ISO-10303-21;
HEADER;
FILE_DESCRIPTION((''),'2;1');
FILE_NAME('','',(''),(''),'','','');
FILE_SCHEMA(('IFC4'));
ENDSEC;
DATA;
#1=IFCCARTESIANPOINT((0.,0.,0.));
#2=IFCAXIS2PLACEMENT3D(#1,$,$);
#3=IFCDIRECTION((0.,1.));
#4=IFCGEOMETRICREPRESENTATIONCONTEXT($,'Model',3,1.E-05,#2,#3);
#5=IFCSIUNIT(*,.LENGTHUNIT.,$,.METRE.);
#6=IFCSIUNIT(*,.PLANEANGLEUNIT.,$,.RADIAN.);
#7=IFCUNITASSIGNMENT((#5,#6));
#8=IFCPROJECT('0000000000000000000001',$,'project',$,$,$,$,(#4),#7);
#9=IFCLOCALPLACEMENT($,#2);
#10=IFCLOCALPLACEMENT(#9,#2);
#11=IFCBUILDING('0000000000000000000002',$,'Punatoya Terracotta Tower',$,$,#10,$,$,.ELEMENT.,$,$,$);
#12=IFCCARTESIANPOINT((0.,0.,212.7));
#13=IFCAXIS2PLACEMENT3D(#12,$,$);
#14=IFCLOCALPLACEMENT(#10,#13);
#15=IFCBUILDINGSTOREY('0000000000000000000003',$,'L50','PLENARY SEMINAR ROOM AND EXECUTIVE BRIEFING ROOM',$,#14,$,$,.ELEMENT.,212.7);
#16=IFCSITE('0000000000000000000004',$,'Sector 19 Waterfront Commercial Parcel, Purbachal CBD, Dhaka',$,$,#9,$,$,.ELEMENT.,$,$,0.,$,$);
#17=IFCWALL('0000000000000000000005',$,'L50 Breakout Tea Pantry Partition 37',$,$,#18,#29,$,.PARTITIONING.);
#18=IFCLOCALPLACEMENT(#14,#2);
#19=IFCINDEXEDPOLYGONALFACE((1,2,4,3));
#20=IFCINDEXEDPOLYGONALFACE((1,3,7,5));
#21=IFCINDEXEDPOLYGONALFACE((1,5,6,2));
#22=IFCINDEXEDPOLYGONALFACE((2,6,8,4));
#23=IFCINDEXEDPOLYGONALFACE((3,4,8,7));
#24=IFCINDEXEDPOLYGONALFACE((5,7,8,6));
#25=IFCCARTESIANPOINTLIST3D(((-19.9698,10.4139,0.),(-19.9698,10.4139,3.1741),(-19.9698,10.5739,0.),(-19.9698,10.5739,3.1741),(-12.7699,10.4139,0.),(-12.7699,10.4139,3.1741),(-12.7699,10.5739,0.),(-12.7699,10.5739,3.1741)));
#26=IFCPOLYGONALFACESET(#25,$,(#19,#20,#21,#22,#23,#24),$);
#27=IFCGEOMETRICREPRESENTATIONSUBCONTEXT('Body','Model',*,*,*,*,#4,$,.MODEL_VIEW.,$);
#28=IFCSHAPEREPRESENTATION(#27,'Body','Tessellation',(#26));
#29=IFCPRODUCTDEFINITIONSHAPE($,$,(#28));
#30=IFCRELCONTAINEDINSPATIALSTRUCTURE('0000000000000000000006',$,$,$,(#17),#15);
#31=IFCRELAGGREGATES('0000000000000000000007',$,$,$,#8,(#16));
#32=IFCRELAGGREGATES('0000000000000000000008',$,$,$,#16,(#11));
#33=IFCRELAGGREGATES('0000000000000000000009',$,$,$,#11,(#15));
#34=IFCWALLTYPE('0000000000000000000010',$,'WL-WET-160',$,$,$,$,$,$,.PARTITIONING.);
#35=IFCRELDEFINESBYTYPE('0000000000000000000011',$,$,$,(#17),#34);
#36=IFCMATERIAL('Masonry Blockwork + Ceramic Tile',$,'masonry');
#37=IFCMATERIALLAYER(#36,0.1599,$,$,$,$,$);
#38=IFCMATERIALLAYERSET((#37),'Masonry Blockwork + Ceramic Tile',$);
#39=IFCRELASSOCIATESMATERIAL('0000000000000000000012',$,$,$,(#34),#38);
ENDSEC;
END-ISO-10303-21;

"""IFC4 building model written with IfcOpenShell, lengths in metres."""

from ifc_helpers import new_model, si_unit, direction, frame, frame_2d, origin, place, context, subcontext, project, spatial, rectangle, extrude, material, layer, layer_set, type_object, element, save


model = new_model("IFC4")

# Units and contexts
model_context = context("Model", 3, precision=1e-05, world=origin(), true_north=direction((0.0, 1.0)))
body_context = subcontext(model_context, "Body", "Model", "MODEL_VIEW")
ifc_project = project(units=[si_unit("LENGTHUNIT", "METRE"), si_unit("PLANEANGLEUNIT", "RADIAN")], contexts=[model_context])

# Site, building, storey
site_placement = place(None, origin())
site = spatial("IfcSite", under=ifc_project, at=site_placement, Name="Sector 19 Waterfront Commercial Parcel, Purbachal CBD, Dhaka", CompositionType="ELEMENT", RefElevation=0.0)
building_placement = place(site_placement, origin())
building = spatial("IfcBuilding", under=site, at=building_placement, Name="Punatoya Terracotta Tower", CompositionType="ELEMENT")
storey_placement = place(building_placement, frame((0.0, 0.0, 212.7)))
storey = spatial("IfcBuildingStorey", under=building, at=storey_placement, Name="L50", Description="PLENARY SEMINAR ROOM AND EXECUTIVE BRIEFING ROOM", CompositionType="ELEMENT", Elevation=212.7)

# Wall
ifc_material_1 = material(Name="Masonry Blockwork + Ceramic Tile", Category="masonry")
ifc_layer_1 = layer(ifc_material_1, 0.1599)
ifc_layer_set_1 = layer_set([ifc_layer_1], Name="Masonry Blockwork + Ceramic Tile")
wall_type_1 = type_object("IfcWallType", Name="WL-WET-160", PredefinedType="PARTITIONING", material=ifc_layer_set_1)
wall_1_placement = place(storey_placement, frame((-19.97, 10.4939, 0.0), z_axis=(0.0, 0.0, 1.0), x_axis=(1.0, 0.0, 0.0)))
element("IfcWall", 1, at=wall_1_placement, inside=storey, type_object=wall_type_1, Name="L50 Breakout Tea Pantry Partition 37", PredefinedType="PARTITIONING", context=body_context, shape_type="SweptSolid", body=[
    extrude(rectangle(XDim=7.2, YDim=0.1599, at=frame_2d((3.6001, 0.0))), origin(), (0.0, 0.0, 1.0), 3.1741),
])

save(model, "model.ifc")
